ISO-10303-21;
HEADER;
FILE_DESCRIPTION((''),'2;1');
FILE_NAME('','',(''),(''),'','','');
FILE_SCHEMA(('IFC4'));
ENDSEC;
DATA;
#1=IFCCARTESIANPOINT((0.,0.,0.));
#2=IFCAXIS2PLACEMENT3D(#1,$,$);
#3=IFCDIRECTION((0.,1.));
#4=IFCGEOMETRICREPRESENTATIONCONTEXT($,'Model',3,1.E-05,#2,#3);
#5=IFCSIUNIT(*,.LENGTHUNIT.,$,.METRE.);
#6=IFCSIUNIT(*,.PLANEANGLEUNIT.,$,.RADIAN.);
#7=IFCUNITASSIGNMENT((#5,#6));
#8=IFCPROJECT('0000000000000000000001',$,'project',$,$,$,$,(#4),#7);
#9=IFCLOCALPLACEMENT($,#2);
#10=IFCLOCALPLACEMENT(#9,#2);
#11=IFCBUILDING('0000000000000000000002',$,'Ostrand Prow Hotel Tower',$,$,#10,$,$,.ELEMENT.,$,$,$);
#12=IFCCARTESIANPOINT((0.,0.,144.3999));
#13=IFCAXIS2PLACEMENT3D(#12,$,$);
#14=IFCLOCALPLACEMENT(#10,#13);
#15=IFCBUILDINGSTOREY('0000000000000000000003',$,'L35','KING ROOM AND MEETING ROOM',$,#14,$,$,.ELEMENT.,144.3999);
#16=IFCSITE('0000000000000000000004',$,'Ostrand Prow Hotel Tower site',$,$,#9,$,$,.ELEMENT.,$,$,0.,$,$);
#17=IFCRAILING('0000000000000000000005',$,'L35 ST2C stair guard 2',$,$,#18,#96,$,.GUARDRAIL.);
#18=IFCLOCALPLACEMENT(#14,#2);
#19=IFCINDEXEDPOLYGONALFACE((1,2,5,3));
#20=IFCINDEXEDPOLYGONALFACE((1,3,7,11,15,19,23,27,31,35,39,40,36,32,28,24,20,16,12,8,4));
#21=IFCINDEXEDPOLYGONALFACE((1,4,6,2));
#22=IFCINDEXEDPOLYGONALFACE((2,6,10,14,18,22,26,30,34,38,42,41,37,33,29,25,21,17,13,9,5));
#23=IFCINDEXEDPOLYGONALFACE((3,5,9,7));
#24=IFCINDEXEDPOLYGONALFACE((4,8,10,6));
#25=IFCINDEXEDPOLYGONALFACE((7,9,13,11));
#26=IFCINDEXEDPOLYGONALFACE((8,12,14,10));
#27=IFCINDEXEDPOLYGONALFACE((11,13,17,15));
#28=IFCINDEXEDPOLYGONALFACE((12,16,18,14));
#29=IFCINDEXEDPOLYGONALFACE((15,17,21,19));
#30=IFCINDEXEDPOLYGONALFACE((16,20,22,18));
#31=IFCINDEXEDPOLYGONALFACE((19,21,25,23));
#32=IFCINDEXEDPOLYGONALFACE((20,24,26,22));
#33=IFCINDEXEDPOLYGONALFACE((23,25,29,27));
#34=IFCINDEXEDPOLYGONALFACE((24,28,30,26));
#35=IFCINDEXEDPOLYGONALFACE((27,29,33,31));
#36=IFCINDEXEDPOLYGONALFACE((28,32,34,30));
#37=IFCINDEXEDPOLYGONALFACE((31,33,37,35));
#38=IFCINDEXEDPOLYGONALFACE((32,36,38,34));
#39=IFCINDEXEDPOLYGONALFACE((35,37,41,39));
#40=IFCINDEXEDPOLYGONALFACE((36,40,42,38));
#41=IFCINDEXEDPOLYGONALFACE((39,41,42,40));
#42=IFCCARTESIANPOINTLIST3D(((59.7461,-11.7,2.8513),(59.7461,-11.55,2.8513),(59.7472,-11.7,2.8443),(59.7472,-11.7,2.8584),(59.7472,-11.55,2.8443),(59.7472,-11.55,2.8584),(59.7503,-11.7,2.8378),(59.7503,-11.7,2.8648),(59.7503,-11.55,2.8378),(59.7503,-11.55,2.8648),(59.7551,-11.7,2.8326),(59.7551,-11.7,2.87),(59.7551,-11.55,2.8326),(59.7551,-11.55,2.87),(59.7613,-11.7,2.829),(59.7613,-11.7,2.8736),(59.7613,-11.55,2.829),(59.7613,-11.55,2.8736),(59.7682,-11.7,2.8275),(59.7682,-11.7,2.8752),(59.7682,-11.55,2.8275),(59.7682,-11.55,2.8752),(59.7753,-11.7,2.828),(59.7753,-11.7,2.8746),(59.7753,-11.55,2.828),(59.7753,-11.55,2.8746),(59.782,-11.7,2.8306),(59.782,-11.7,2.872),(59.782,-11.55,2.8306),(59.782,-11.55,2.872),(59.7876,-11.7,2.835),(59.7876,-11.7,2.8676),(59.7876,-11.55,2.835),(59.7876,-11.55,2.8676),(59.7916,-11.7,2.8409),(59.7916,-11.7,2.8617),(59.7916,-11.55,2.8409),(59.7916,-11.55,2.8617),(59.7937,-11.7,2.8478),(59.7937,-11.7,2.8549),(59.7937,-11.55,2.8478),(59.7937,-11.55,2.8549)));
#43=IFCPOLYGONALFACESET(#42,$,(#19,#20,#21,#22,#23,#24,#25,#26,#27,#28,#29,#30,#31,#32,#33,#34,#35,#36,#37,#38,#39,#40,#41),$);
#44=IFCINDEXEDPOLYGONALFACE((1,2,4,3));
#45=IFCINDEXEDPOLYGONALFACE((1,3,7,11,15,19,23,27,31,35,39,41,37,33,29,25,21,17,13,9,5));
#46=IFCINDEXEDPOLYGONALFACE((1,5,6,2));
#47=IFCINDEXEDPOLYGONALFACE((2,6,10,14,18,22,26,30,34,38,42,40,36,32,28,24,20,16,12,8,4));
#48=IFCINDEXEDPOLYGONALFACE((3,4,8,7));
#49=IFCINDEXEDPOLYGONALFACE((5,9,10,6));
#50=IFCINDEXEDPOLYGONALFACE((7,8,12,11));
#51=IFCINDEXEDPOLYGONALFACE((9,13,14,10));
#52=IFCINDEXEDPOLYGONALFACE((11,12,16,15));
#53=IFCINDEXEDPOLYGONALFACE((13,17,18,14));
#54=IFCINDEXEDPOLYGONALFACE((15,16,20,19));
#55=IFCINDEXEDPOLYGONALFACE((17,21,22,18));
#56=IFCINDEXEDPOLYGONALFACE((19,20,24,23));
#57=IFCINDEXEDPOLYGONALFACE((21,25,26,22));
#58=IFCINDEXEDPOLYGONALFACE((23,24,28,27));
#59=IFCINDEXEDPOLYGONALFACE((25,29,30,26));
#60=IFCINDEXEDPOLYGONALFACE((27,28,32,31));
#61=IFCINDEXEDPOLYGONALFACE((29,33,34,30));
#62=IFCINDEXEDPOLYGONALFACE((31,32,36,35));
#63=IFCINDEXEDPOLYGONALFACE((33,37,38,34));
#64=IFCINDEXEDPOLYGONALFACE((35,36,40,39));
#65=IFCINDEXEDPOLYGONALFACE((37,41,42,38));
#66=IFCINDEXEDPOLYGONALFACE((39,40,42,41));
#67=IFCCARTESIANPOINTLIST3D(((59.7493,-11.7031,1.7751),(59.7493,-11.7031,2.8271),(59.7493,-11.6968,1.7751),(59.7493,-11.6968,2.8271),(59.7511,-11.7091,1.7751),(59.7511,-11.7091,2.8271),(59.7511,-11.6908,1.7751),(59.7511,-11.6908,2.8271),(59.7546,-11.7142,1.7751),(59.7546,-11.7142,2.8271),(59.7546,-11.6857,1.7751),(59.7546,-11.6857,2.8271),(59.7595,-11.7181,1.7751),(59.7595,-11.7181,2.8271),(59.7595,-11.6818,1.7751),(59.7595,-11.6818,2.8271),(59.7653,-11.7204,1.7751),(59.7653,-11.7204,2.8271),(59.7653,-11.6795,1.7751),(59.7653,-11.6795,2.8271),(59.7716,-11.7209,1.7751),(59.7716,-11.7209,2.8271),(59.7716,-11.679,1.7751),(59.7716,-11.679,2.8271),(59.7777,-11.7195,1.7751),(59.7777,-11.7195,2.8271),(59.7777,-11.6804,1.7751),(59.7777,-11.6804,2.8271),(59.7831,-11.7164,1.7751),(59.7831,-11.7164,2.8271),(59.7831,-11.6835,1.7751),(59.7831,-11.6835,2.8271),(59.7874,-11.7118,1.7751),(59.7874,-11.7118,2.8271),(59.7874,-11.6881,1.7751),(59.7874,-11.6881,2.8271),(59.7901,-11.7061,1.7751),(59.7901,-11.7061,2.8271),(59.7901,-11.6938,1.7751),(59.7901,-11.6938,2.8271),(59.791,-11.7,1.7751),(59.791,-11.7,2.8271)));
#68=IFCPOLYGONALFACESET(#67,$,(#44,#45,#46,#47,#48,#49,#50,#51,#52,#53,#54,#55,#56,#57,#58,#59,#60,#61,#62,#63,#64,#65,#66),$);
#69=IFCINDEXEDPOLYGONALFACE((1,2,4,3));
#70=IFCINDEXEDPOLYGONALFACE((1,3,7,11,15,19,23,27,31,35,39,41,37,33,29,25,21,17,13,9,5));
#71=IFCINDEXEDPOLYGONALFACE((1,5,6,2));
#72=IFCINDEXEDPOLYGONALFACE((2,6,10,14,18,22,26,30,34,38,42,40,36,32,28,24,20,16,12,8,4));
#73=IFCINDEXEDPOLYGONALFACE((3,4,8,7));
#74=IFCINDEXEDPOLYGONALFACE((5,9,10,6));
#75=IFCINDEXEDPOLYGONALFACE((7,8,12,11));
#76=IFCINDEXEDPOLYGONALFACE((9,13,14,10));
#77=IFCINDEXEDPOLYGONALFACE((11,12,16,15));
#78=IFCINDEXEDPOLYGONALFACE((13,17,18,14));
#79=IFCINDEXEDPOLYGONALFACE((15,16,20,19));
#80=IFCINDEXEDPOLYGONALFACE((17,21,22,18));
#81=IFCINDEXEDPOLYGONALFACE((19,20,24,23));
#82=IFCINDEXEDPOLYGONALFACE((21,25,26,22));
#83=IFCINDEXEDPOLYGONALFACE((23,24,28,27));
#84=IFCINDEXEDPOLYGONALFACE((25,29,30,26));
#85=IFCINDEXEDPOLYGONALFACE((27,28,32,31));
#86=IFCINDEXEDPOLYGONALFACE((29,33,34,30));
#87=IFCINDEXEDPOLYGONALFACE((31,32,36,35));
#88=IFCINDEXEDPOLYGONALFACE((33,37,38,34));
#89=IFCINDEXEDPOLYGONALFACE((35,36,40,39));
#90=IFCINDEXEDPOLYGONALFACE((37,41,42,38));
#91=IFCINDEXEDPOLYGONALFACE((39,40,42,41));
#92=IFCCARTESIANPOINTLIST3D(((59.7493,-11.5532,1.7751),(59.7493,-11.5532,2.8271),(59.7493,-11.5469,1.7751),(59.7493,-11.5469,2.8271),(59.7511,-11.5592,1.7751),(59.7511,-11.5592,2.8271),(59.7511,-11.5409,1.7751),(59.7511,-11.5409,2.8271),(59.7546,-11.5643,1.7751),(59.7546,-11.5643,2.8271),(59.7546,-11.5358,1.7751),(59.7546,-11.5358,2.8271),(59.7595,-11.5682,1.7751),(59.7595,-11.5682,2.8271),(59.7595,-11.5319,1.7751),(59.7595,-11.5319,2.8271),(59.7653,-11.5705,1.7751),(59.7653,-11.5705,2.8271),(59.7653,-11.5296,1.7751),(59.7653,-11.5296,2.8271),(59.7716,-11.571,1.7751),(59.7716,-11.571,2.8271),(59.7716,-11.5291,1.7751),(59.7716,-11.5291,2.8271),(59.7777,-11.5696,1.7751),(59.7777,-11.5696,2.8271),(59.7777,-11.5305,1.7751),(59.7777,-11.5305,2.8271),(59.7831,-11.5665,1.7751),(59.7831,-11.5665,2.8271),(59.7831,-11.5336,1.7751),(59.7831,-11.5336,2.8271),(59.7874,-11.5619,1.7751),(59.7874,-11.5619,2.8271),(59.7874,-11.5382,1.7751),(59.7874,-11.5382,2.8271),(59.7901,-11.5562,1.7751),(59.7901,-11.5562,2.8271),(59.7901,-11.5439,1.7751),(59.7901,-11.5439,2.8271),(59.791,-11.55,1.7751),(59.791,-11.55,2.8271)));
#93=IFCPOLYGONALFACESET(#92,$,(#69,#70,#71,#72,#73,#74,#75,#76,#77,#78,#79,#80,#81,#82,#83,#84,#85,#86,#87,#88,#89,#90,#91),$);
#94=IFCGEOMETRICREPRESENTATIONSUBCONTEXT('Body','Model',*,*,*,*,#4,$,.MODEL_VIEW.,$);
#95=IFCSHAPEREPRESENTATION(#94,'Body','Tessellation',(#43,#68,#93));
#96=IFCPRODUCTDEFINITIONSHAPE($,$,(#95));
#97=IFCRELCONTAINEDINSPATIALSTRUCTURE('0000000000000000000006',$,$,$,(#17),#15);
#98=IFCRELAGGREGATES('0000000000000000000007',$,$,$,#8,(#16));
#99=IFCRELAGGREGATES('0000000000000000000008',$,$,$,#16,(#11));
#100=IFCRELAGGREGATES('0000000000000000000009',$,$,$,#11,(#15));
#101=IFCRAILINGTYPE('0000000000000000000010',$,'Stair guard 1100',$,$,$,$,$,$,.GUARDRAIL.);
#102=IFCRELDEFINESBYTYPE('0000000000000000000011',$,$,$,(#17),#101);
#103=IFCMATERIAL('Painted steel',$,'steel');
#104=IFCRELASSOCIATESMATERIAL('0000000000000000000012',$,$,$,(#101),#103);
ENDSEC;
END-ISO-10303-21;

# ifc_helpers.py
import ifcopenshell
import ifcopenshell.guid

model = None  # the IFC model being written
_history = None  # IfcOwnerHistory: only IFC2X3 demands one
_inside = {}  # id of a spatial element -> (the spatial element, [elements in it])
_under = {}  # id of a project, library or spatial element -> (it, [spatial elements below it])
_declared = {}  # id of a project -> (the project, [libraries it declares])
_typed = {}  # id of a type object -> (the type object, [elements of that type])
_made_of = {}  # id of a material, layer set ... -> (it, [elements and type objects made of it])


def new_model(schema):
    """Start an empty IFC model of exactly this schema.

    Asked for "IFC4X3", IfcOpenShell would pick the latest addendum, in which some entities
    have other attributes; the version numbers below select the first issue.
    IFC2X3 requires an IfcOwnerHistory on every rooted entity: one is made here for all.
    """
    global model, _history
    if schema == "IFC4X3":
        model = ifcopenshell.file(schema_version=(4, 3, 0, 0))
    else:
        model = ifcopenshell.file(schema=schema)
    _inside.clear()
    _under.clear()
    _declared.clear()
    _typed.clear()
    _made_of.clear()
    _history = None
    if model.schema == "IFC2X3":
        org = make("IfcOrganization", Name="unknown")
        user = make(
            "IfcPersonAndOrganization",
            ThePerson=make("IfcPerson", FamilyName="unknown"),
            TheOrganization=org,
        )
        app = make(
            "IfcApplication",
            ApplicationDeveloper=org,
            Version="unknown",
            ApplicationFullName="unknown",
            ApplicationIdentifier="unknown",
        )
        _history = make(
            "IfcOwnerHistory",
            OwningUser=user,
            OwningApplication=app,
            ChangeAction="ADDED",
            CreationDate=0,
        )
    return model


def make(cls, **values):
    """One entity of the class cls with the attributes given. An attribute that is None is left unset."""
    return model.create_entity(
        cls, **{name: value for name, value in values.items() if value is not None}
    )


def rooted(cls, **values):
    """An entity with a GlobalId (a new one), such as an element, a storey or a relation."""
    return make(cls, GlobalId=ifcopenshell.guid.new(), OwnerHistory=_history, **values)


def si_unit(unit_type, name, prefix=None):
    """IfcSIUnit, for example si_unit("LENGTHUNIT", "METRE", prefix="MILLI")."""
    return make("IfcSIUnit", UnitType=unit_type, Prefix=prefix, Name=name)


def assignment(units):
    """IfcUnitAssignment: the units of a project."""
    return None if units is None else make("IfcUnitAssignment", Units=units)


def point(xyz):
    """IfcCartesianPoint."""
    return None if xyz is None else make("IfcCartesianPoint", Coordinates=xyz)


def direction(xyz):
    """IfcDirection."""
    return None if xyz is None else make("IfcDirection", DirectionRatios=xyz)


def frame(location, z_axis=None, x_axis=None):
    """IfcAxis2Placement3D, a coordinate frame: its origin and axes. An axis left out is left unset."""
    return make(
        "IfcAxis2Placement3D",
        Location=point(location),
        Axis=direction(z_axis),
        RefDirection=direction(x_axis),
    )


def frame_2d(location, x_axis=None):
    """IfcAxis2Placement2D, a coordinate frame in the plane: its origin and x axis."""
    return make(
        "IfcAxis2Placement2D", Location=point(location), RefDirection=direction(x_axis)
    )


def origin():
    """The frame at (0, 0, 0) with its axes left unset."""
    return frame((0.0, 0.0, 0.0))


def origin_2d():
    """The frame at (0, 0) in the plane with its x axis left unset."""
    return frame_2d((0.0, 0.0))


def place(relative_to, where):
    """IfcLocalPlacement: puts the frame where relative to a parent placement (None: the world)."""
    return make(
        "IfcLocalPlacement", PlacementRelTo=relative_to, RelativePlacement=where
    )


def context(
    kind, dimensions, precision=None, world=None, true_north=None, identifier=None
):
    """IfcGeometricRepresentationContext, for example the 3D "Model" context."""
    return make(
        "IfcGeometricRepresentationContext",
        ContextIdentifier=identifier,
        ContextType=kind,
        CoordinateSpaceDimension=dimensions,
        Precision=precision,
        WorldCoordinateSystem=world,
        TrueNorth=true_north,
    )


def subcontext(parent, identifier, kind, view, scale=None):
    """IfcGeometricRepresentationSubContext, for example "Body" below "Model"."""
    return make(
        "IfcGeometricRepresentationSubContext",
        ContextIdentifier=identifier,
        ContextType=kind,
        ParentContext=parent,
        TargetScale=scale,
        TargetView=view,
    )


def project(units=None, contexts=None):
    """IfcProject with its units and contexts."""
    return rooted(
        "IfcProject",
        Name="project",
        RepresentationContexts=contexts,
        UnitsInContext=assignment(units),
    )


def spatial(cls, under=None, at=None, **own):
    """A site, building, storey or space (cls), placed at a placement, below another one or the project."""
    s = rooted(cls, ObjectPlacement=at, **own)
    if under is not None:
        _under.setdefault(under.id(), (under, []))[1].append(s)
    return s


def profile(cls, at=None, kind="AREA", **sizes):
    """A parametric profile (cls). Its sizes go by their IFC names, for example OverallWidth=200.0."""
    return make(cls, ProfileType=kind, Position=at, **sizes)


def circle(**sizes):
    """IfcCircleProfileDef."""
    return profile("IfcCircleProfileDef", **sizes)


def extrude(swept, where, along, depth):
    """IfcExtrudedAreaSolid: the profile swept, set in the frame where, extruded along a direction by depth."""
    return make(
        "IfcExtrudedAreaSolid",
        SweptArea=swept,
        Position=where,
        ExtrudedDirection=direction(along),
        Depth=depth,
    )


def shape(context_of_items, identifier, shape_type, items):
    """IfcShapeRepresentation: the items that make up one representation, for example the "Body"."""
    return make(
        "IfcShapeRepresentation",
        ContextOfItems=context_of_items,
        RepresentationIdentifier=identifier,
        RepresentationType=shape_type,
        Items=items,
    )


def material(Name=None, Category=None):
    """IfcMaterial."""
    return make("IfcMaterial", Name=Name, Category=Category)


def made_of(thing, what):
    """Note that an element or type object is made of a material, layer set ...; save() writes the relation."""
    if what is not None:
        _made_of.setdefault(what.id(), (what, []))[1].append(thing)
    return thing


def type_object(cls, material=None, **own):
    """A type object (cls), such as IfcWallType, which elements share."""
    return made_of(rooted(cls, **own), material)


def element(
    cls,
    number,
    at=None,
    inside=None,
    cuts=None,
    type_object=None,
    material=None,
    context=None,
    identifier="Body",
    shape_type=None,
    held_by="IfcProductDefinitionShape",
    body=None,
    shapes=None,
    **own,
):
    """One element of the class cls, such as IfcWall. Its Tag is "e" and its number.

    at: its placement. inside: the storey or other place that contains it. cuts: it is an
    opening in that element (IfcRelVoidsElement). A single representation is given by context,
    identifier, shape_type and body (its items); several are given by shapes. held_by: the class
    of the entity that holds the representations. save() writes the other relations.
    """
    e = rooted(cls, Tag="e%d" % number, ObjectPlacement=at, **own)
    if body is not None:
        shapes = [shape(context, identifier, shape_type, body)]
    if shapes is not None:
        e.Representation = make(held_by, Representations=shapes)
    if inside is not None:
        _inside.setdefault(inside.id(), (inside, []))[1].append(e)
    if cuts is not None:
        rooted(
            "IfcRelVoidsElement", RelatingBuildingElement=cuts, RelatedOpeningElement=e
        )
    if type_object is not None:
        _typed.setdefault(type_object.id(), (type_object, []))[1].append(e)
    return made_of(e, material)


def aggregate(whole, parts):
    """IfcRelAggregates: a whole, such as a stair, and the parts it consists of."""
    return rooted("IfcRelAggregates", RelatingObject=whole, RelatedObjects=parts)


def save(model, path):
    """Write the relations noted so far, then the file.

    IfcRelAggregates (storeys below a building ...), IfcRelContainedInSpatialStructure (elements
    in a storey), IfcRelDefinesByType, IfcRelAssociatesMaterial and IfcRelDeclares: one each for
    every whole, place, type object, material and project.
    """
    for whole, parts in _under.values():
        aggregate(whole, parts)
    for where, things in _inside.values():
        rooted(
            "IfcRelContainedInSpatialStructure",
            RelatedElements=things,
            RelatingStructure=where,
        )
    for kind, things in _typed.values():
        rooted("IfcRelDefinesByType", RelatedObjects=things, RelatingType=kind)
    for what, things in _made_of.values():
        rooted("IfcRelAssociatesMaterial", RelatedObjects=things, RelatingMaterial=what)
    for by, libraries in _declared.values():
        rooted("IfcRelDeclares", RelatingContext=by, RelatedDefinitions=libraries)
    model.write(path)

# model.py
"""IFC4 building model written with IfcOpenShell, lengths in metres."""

from ifc_helpers import new_model, si_unit, direction, frame, origin, origin_2d, place, context, subcontext, project, spatial, circle, extrude, material, type_object, element, save


model = new_model("IFC4")

# Units and contexts
model_context = context("Model", 3, precision=1e-05, world=origin(), true_north=direction((0.0, 1.0)))
body_context = subcontext(model_context, "Body", "Model", "MODEL_VIEW")
ifc_project = project(units=[si_unit("LENGTHUNIT", "METRE"), si_unit("PLANEANGLEUNIT", "RADIAN")], contexts=[model_context])

# Site, building, storey
site_placement = place(None, origin())
site = spatial("IfcSite", under=ifc_project, at=site_placement, Name="Ostrand Prow Hotel Tower site", CompositionType="ELEMENT", RefElevation=0.0)
building_placement = place(site_placement, origin())
building = spatial("IfcBuilding", under=site, at=building_placement, Name="Ostrand Prow Hotel Tower", CompositionType="ELEMENT")
storey_placement = place(building_placement, frame((0.0, 0.0, 144.3999)))
storey = spatial("IfcBuildingStorey", under=building, at=storey_placement, Name="L35", Description="KING ROOM AND MEETING ROOM", CompositionType="ELEMENT", Elevation=144.3999)

# Railing
ifc_material_1 = material(Name="Painted steel", Category="steel")
railing_type_1 = type_object("IfcRailingType", Name="Stair guard 1100", PredefinedType="GUARDRAIL", material=ifc_material_1)
railing_1_placement = place(storey_placement, frame((59.77, -11.7, 1.7751)))
element("IfcRailing", 1, at=railing_1_placement, inside=storey, type_object=railing_type_1, Name="L35 ST2C stair guard 2", PredefinedType="GUARDRAIL", context=body_context, shape_type="SweptSolid", body=[
    extrude(circle(Radius=0.0239, at=origin_2d()), frame((0.0, 0.0, 1.0762), z_axis=(0.0, 1.0, 0.0), x_axis=(-1.0, 0.0, 0.0)), (0.0, 0.0, 1.0), 0.1499),
    extrude(circle(Radius=0.021, at=origin_2d()), origin(), (0.0, 0.0, 1.0), 1.052),
    extrude(circle(Radius=0.021, at=origin_2d()), frame((0.0, 0.1499, 0.0)), (0.0, 0.0, 1.0), 1.052),
])

save(model, "model.ifc")
